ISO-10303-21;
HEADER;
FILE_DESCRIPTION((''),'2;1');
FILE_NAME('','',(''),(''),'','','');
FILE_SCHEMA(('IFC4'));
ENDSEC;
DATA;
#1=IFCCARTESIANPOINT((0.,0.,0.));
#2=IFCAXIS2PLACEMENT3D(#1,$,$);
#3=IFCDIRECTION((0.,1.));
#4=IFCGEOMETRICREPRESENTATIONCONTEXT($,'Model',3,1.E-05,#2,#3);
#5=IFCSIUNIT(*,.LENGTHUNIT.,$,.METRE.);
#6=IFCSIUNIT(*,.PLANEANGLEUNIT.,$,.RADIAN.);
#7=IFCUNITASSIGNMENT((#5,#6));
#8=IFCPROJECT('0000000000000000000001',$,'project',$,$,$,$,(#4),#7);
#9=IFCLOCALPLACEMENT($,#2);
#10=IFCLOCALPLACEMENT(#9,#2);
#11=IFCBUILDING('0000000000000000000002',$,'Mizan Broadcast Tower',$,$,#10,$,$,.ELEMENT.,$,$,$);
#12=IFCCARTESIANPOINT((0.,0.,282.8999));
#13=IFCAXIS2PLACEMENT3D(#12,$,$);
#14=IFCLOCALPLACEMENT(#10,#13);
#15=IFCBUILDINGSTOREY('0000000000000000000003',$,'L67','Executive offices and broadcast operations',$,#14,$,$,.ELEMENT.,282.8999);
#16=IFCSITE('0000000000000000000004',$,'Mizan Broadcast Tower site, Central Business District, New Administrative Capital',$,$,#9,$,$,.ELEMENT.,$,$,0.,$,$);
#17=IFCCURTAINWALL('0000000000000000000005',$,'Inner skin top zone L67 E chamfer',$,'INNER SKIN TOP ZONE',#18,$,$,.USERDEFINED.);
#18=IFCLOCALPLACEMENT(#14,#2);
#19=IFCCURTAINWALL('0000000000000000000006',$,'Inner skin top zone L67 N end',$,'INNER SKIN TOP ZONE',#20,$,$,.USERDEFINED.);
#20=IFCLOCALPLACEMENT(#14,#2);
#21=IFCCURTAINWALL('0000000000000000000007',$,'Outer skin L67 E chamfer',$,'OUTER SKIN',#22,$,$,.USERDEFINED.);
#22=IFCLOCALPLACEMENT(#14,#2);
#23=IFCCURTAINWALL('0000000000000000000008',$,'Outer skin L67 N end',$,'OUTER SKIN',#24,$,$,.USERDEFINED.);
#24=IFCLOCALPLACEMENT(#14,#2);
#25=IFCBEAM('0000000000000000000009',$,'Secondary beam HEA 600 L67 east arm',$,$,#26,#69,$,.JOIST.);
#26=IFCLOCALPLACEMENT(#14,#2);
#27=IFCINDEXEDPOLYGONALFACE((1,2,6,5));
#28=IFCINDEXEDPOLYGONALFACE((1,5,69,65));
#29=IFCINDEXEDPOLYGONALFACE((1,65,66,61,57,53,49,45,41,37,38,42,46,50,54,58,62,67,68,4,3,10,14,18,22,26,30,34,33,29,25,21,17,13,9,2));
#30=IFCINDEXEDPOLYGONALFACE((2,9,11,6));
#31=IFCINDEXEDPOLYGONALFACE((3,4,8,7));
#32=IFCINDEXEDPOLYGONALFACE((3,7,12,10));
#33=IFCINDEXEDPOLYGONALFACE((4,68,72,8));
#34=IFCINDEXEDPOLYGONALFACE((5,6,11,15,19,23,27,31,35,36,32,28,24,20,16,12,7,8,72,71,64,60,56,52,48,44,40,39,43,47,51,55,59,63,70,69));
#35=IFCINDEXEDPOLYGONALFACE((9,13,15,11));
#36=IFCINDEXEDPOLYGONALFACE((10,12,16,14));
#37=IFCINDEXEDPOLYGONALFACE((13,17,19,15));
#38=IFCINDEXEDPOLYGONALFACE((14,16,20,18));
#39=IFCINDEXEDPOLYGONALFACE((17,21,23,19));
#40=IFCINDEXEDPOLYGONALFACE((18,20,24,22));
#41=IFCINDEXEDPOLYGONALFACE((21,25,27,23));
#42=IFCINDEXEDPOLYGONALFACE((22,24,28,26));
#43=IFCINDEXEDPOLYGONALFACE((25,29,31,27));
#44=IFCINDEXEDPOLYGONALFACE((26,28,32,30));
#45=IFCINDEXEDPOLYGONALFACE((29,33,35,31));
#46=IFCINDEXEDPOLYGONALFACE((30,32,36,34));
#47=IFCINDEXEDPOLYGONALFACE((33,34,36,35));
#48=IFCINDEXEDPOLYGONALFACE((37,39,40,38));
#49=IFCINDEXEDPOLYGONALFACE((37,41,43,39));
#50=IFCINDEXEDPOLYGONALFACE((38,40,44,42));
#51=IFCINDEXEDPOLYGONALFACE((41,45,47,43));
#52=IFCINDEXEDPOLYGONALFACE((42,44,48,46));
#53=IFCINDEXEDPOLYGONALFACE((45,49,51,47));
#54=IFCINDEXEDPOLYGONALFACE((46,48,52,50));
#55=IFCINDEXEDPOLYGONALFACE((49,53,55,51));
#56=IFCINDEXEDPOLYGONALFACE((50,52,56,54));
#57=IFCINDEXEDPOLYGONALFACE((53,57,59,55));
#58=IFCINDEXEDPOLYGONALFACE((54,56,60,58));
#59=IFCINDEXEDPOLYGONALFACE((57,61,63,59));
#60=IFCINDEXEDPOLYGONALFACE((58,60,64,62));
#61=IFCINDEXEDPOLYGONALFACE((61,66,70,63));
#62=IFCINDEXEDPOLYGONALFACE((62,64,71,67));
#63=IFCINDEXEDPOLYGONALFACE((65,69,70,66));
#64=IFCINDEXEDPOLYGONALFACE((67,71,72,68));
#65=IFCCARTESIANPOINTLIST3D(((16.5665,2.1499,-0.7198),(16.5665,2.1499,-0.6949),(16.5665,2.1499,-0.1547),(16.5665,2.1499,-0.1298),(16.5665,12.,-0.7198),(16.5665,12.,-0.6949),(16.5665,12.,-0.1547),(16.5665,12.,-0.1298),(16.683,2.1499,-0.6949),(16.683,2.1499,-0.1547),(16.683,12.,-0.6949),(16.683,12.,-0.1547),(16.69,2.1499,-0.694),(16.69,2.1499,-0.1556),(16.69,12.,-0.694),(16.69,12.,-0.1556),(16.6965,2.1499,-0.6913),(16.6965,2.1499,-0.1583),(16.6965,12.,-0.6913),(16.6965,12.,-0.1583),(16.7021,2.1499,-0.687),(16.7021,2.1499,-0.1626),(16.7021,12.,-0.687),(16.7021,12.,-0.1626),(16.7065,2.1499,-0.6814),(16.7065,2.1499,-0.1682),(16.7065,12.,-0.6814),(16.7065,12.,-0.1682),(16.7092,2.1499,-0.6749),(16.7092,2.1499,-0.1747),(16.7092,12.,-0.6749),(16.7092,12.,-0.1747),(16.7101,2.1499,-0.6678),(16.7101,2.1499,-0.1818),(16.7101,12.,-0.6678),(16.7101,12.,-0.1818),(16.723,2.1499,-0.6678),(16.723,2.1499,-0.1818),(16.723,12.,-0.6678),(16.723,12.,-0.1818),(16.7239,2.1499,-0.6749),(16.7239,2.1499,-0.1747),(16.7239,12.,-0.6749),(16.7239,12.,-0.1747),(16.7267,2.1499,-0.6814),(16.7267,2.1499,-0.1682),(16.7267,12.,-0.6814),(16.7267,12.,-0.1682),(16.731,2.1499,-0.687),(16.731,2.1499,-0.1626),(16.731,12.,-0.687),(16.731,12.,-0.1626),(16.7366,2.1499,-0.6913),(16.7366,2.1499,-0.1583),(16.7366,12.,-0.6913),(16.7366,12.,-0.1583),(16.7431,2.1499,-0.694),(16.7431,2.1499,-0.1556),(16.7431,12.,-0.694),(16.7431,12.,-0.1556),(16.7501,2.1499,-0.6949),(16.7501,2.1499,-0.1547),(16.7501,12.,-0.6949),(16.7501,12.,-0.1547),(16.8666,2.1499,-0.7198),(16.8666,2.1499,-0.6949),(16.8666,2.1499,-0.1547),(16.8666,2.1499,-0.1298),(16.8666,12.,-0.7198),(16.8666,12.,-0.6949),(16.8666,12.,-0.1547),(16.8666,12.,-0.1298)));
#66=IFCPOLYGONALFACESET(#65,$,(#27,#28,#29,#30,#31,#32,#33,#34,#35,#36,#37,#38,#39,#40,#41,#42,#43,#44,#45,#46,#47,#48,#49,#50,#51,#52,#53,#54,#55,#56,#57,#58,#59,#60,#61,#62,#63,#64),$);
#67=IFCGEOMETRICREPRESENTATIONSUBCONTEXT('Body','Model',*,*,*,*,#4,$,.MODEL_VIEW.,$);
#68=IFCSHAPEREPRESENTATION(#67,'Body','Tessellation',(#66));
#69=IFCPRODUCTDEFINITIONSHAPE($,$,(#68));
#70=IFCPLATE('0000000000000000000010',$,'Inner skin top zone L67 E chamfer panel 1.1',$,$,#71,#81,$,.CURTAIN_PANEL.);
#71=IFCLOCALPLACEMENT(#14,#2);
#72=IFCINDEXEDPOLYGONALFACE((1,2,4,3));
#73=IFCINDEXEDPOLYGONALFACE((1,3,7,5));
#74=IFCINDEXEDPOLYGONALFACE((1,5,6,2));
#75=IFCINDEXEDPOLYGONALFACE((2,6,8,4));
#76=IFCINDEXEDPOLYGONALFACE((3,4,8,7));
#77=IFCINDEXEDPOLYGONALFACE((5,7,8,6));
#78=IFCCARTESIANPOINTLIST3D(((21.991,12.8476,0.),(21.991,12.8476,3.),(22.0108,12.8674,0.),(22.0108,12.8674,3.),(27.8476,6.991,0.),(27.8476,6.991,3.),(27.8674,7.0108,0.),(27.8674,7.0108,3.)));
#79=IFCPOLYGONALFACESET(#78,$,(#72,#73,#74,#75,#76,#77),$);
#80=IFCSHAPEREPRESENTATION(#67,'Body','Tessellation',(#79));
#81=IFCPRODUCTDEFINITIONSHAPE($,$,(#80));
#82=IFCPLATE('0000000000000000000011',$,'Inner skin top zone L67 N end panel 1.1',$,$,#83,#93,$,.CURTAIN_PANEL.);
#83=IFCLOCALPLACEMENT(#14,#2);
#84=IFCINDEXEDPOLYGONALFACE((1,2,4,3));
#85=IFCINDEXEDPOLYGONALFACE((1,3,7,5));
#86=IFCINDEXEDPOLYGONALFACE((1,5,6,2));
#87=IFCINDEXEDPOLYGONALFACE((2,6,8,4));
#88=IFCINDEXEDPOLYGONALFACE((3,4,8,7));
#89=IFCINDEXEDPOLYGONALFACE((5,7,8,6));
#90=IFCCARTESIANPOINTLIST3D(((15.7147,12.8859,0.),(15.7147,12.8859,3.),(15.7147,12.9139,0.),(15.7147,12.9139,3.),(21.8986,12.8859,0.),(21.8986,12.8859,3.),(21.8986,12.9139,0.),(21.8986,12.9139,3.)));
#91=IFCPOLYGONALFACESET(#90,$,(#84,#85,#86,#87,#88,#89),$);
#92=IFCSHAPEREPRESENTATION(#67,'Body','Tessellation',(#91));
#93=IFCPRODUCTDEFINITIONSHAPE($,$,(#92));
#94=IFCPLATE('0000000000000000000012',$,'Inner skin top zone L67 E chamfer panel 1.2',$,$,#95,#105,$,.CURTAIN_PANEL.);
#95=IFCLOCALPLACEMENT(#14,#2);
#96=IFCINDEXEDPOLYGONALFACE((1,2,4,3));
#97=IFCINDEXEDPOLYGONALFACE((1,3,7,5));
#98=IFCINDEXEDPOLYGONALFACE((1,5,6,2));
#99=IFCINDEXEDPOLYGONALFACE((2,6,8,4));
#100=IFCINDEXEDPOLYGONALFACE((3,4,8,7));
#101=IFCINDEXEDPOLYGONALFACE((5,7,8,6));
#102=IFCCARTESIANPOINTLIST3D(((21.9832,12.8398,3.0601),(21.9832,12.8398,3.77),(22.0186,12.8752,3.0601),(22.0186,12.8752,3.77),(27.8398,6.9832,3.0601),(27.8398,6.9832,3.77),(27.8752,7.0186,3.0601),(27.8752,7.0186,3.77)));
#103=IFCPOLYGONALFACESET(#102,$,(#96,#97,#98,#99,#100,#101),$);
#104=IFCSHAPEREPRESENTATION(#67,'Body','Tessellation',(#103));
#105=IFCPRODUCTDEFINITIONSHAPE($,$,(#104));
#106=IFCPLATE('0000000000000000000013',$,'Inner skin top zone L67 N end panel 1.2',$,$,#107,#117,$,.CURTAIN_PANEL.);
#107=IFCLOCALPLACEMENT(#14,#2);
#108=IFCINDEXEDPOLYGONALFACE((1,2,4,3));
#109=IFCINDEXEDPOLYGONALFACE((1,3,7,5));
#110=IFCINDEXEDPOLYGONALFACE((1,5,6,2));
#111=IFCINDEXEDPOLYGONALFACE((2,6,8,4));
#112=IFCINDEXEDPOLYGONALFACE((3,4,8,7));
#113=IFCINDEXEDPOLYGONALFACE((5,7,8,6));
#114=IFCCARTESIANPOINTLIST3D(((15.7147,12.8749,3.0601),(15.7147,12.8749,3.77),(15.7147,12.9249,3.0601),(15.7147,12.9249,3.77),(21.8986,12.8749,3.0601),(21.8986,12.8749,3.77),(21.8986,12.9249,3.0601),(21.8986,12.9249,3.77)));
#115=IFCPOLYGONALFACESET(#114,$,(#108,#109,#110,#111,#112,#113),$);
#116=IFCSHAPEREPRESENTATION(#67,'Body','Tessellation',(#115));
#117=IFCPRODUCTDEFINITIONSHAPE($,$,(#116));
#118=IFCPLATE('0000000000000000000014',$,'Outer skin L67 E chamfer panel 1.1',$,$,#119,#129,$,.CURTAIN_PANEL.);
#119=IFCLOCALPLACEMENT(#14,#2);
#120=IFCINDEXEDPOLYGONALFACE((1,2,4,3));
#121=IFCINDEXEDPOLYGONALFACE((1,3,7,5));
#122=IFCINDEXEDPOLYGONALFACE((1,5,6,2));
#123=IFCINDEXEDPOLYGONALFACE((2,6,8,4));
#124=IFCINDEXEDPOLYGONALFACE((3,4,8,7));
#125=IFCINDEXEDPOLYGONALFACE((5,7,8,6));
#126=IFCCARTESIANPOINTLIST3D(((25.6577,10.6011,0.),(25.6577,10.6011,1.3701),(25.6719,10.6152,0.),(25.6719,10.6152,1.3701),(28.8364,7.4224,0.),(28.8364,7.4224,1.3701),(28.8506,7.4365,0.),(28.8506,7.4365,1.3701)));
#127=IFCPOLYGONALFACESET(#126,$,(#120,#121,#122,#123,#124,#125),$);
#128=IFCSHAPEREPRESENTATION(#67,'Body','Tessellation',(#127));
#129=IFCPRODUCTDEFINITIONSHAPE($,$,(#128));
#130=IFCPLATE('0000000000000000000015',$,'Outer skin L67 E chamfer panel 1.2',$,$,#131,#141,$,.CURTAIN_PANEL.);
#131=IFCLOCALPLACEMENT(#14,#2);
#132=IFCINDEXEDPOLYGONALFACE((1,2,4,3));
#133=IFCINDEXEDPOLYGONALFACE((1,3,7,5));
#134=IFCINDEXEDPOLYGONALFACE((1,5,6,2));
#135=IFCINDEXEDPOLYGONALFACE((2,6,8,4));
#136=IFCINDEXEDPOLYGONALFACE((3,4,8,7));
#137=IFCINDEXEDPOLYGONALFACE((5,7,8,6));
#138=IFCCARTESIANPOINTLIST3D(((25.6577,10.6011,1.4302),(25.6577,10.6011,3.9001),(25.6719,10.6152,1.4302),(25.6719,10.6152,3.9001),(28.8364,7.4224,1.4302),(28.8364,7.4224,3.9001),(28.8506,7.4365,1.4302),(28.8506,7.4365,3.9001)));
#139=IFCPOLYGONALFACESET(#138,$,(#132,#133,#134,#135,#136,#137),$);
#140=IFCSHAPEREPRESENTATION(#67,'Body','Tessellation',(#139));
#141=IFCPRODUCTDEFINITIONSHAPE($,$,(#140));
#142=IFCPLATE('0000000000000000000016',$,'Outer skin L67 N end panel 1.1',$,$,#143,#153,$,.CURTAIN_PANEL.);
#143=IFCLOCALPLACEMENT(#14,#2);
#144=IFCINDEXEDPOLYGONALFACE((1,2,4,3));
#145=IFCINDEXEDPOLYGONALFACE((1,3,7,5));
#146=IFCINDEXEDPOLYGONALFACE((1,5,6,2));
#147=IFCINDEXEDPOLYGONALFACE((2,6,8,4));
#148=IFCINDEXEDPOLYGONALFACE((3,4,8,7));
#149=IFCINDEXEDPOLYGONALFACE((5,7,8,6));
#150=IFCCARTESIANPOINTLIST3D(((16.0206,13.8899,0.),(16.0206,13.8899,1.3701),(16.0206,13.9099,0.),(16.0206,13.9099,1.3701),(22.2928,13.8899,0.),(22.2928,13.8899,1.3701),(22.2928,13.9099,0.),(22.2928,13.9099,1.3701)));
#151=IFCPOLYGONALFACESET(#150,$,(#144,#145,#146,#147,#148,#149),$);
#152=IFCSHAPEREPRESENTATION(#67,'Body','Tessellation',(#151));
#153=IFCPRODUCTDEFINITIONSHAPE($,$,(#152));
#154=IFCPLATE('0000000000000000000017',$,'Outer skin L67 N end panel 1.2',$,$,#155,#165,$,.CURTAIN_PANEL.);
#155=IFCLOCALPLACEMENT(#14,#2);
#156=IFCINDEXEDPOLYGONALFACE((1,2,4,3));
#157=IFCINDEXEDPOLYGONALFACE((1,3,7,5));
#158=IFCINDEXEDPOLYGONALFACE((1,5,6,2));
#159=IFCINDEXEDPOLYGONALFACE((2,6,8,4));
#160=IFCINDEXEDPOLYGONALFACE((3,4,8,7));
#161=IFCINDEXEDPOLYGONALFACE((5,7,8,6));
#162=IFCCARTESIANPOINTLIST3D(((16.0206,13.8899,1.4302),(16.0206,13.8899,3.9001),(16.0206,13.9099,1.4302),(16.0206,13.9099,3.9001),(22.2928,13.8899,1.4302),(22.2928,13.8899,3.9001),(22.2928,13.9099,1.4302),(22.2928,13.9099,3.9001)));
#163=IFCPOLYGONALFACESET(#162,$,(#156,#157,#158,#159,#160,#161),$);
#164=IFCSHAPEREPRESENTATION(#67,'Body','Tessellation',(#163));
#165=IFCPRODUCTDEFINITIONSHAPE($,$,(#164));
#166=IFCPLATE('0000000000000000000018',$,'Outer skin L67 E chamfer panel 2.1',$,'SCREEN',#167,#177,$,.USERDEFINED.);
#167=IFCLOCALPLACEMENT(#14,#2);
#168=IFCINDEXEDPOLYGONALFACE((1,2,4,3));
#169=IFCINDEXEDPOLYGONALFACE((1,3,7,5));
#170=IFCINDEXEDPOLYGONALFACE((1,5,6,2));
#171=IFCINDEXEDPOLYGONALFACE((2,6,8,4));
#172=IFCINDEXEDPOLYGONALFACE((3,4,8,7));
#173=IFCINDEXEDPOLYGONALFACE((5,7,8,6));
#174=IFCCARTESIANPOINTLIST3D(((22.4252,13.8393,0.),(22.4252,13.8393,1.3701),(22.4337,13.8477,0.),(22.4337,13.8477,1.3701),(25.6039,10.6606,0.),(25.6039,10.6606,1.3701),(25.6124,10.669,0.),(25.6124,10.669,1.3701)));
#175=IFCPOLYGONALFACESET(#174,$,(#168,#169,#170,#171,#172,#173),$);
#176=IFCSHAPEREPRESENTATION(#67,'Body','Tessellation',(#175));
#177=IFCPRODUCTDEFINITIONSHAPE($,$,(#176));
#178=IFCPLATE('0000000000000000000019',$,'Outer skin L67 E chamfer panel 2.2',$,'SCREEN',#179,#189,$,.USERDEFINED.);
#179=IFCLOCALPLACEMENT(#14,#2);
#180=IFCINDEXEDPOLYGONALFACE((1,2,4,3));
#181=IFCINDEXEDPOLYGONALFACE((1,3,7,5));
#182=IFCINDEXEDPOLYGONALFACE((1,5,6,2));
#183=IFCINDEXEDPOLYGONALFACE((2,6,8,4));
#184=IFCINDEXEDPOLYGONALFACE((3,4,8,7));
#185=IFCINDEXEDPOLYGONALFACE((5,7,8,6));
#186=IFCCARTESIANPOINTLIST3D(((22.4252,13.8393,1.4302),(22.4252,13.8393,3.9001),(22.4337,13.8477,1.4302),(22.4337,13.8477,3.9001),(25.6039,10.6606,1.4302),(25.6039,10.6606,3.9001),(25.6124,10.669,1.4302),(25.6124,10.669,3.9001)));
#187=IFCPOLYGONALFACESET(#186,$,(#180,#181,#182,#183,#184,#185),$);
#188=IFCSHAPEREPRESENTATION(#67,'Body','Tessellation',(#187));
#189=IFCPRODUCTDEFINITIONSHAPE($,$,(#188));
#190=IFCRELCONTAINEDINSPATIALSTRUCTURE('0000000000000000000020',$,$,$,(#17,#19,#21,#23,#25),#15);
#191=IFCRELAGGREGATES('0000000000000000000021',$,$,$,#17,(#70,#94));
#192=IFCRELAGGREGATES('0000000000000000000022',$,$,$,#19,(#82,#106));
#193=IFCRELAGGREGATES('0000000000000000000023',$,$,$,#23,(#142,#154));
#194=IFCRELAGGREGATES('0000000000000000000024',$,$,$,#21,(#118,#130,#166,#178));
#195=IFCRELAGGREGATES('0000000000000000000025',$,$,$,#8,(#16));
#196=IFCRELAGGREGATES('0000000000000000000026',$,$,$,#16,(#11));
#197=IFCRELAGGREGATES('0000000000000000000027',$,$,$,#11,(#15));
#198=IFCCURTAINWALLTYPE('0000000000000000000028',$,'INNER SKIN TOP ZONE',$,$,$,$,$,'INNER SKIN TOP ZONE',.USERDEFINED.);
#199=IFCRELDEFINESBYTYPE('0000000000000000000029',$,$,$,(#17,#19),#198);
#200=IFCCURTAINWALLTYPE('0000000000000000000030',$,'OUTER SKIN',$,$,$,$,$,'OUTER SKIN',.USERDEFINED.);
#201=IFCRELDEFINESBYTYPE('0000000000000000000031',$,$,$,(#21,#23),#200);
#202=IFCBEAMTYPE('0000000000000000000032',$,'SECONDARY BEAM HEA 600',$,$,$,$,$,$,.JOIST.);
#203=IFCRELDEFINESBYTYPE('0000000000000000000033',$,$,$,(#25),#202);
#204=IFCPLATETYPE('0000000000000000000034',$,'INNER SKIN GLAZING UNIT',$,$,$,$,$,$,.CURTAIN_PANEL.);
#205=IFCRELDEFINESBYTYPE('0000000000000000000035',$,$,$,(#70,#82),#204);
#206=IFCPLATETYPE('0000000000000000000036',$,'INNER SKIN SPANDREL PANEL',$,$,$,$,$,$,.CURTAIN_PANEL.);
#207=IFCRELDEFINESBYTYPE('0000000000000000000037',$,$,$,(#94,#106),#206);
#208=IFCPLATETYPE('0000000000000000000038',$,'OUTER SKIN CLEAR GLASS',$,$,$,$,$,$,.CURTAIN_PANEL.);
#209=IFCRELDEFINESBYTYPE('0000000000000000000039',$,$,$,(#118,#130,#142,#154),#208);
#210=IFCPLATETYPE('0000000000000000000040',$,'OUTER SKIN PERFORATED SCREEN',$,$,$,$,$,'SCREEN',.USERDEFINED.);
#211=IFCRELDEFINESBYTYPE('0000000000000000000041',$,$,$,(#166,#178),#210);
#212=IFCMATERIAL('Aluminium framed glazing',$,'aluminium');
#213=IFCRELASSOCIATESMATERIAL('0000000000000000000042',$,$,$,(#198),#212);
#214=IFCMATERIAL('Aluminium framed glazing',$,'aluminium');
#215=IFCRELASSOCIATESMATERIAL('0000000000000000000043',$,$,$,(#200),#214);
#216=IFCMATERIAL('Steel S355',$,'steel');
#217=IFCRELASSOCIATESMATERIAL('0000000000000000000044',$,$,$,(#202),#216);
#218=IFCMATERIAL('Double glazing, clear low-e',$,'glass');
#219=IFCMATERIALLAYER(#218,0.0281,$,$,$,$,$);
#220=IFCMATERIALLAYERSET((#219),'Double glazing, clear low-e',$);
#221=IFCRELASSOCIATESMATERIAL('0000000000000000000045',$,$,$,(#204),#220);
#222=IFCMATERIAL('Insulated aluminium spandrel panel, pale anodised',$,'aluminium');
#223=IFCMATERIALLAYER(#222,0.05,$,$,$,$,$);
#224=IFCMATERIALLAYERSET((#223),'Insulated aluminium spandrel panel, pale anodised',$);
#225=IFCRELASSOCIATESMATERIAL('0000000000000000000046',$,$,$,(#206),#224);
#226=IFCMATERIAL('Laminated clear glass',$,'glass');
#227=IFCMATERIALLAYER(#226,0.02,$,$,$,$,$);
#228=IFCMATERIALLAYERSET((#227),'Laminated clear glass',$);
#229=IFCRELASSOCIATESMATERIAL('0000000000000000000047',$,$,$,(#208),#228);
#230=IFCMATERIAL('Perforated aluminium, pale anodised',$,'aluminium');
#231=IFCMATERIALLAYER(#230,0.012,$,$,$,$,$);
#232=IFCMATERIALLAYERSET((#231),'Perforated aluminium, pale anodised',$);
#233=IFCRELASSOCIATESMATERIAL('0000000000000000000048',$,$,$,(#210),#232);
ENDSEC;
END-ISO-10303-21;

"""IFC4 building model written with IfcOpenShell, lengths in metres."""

from ifc_helpers import new_model, si_unit, direction, frame, origin, origin_2d, place, context, subcontext, project, spatial, rectangle, i_section, extrude, material, layer, layer_set, material_profile, profile_set, type_object, element, aggregate, save


model = new_model("IFC4")

# Units and contexts
model_context = context("Model", 3, precision=1e-05, world=origin(), true_north=direction((0.0, 1.0)))
body_context = subcontext(model_context, "Body", "Model", "MODEL_VIEW")
ifc_project = project(units=[si_unit("LENGTHUNIT", "METRE"), si_unit("PLANEANGLEUNIT", "RADIAN")], contexts=[model_context])

# Site, building, storey
site_placement = place(None, origin())
site = spatial("IfcSite", under=ifc_project, at=site_placement, Name="Mizan Broadcast Tower site, Central Business District, New Administrative Capital", CompositionType="ELEMENT", RefElevation=0.0)
building_placement = place(site_placement, origin())
building = spatial("IfcBuilding", under=site, at=building_placement, Name="Mizan Broadcast Tower", CompositionType="ELEMENT")
storey_placement = place(building_placement, frame((0.0, 0.0, 282.8999)))
storey = spatial("IfcBuildingStorey", under=building, at=storey_placement, Name="L67", Description="Executive offices and broadcast operations", CompositionType="ELEMENT", Elevation=282.8999)

# Curtain wall
ifc_material_1 = material(Name="Aluminium framed glazing", Category="aluminium")
curtain_wall_type_1 = type_object("IfcCurtainWallType", Name="INNER SKIN TOP ZONE", ElementType="INNER SKIN TOP ZONE", PredefinedType="USERDEFINED", material=ifc_material_1)
curtain_wall_1_placement = place(storey_placement, origin())
curtain_wall_1 = element("IfcCurtainWall", 1, at=curtain_wall_1_placement, inside=storey, type_object=curtain_wall_type_1, Name="Inner skin top zone L67 E chamfer", ObjectType="INNER SKIN TOP ZONE", PredefinedType="USERDEFINED")

# Curtain walls
curtain_wall_2_placement = place(storey_placement, origin())
curtain_wall_2 = element("IfcCurtainWall", 2, at=curtain_wall_2_placement, inside=storey, type_object=curtain_wall_type_1, Name="Inner skin top zone L67 N end", ObjectType="INNER SKIN TOP ZONE", PredefinedType="USERDEFINED")
ifc_material_2 = material(Name="Aluminium framed glazing", Category="aluminium")
curtain_wall_type_2 = type_object("IfcCurtainWallType", Name="OUTER SKIN", ElementType="OUTER SKIN", PredefinedType="USERDEFINED", material=ifc_material_2)
curtain_wall_3_placement = place(storey_placement, origin())
curtain_wall_3 = element("IfcCurtainWall", 3, at=curtain_wall_3_placement, inside=storey, type_object=curtain_wall_type_2, Name="Outer skin L67 E chamfer", ObjectType="OUTER SKIN", PredefinedType="USERDEFINED")

# Curtain wall
curtain_wall_4_placement = place(storey_placement, origin())
curtain_wall_4 = element("IfcCurtainWall", 4, at=curtain_wall_4_placement, inside=storey, type_object=curtain_wall_type_2, Name="Outer skin L67 N end", ObjectType="OUTER SKIN", PredefinedType="USERDEFINED")

# Beam
ifc_material_3 = material(Name="Steel S355", Category="steel")
ifc_material_profile_1 = material_profile(ifc_material_3, i_section(OverallWidth=0.3, OverallDepth=0.5901, WebThickness=0.0129, FlangeThickness=0.0249, FilletRadius=0.0271, at=origin_2d()), Name="HEA 600")
ifc_profile_set_1 = profile_set([ifc_material_profile_1], Name="Steel S355")
beam_type_1 = type_object("IfcBeamType", Name="SECONDARY BEAM HEA 600", PredefinedType="JOIST", material=ifc_profile_set_1)
beam_1_placement = place(storey_placement, frame((16.7166, 12.0, -0.4248), z_axis=(0.0, -1.0, 0.0), x_axis=(1.0, 0.0, 0.0)))
element("IfcBeam", 5, at=beam_1_placement, inside=storey, type_object=beam_type_1, Name="Secondary beam HEA 600 L67 east arm", PredefinedType="JOIST", context=body_context, shape_type="SweptSolid", body=[
    extrude(i_section(OverallWidth=0.3, OverallDepth=0.5901, WebThickness=0.0129, FlangeThickness=0.0249, FilletRadius=0.0271, at=origin_2d()), origin(), (0.0, 0.0, 1.0), 9.8501),
])

# Plates
ifc_material_4 = material(Name="Double glazing, clear low-e", Category="glass")
ifc_layer_1 = layer(ifc_material_4, 0.0281)
ifc_layer_set_1 = layer_set([ifc_layer_1], Name="Double glazing, clear low-e")
plate_type_1 = type_object("IfcPlateType", Name="INNER SKIN GLAZING UNIT", PredefinedType="CURTAIN_PANEL", material=ifc_layer_set_1)
plate_1_placement = place(storey_placement, frame((24.9292, 9.9292, 0.0), z_axis=(0.0, 0.0, 1.0), x_axis=(-0.707107, 0.707107, 0.0)))
plate_1 = element("IfcPlate", 6, at=plate_1_placement, type_object=plate_type_1, Name="Inner skin top zone L67 E chamfer panel 1.1", PredefinedType="CURTAIN_PANEL", context=body_context, shape_type="SweptSolid", body=[
    extrude(rectangle(XDim=8.2825, YDim=0.0281, at=origin_2d()), origin(), (0.0, 0.0, 1.0), 3.0),
])
plate_2_placement = place(storey_placement, frame((18.8066, 12.8999, 0.0), z_axis=(0.0, 0.0, 1.0), x_axis=(-1.0, 0.0, 0.0)))
plate_2 = element("IfcPlate", 7, at=plate_2_placement, type_object=plate_type_1, Name="Inner skin top zone L67 N end panel 1.1", PredefinedType="CURTAIN_PANEL", context=body_context, shape_type="SweptSolid", body=[
    extrude(rectangle(XDim=6.1838, YDim=0.0281, at=origin_2d()), origin(), (0.0, 0.0, 1.0), 3.0),
])
ifc_material_5 = material(Name="Insulated aluminium spandrel panel, pale anodised", Category="aluminium")
ifc_layer_2 = layer(ifc_material_5, 0.05)
ifc_layer_set_2 = layer_set([ifc_layer_2], Name="Insulated aluminium spandrel panel, pale anodised")
plate_type_2 = type_object("IfcPlateType", Name="INNER SKIN SPANDREL PANEL", PredefinedType="CURTAIN_PANEL", material=ifc_layer_set_2)
plate_3_placement = place(storey_placement, frame((24.9292, 9.9292, 3.0601), z_axis=(0.0, 0.0, 1.0), x_axis=(-0.707107, 0.707107, 0.0)))
plate_3 = element("IfcPlate", 8, at=plate_3_placement, type_object=plate_type_2, Name="Inner skin top zone L67 E chamfer panel 1.2", PredefinedType="CURTAIN_PANEL", context=body_context, shape_type="SweptSolid", body=[
    extrude(rectangle(XDim=8.2825, YDim=0.05, at=origin_2d()), origin(), (0.0, 0.0, 1.0), 0.71),
])
aggregate(curtain_wall_1, [plate_1, plate_3])
plate_4_placement = place(storey_placement, frame((18.8066, 12.8999, 3.0601), z_axis=(0.0, 0.0, 1.0), x_axis=(-1.0, 0.0, 0.0)))
plate_4 = element("IfcPlate", 9, at=plate_4_placement, type_object=plate_type_2, Name="Inner skin top zone L67 N end panel 1.2", PredefinedType="CURTAIN_PANEL", context=body_context, shape_type="SweptSolid", body=[
    extrude(rectangle(XDim=6.1838, YDim=0.05, at=origin_2d()), origin(), (0.0, 0.0, 1.0), 0.71),
])
aggregate(curtain_wall_2, [plate_2, plate_4])
ifc_material_6 = material(Name="Laminated clear glass", Category="glass")
ifc_layer_3 = layer(ifc_material_6, 0.02)
ifc_layer_set_3 = layer_set([ifc_layer_3], Name="Laminated clear glass")
plate_type_3 = type_object("IfcPlateType", Name="OUTER SKIN CLEAR GLASS", PredefinedType="CURTAIN_PANEL", material=ifc_layer_set_3)
plate_5_placement = place(storey_placement, frame((27.2542, 9.0188, 0.0), z_axis=(0.0, 0.0, 1.0), x_axis=(-0.707107, 0.707107, 0.0)))
plate_5 = element("IfcPlate", 10, at=plate_5_placement, type_object=plate_type_3, Name="Outer skin L67 E chamfer panel 1.1", PredefinedType="CURTAIN_PANEL", context=body_context, shape_type="SweptSolid", body=[
    extrude(rectangle(XDim=4.4954, YDim=0.02, at=origin_2d()), origin(), (0.0, 0.0, 1.0), 1.3701),
])
plate_6_placement = place(storey_placement, frame((27.2542, 9.0188, 1.4302), z_axis=(0.0, 0.0, 1.0), x_axis=(-0.707107, 0.707107, 0.0)))
plate_6 = element("IfcPlate", 11, at=plate_6_placement, type_object=plate_type_3, Name="Outer skin L67 E chamfer panel 1.2", PredefinedType="CURTAIN_PANEL", context=body_context, shape_type="SweptSolid", body=[
    extrude(rectangle(XDim=4.4954, YDim=0.02, at=origin_2d()), origin(), (0.0, 0.0, 1.0), 2.47),
])
plate_7_placement = place(storey_placement, frame((19.1567, 13.8999, 0.0), z_axis=(0.0, 0.0, 1.0), x_axis=(-1.0, 0.0, 0.0)))
plate_7 = element("IfcPlate", 12, at=plate_7_placement, type_object=plate_type_3, Name="Outer skin L67 N end panel 1.1", PredefinedType="CURTAIN_PANEL", context=body_context, shape_type="SweptSolid", body=[
    extrude(rectangle(XDim=6.2722, YDim=0.02, at=origin_2d()), origin(), (0.0, 0.0, 1.0), 1.3701),
])
plate_8_placement = place(storey_placement, frame((19.1567, 13.8999, 1.4302), z_axis=(0.0, 0.0, 1.0), x_axis=(-1.0, 0.0, 0.0)))
plate_8 = element("IfcPlate", 13, at=plate_8_placement, type_object=plate_type_3, Name="Outer skin L67 N end panel 1.2", PredefinedType="CURTAIN_PANEL", context=body_context, shape_type="SweptSolid", body=[
    extrude(rectangle(XDim=6.2722, YDim=0.02, at=origin_2d()), origin(), (0.0, 0.0, 1.0), 2.47),
])
aggregate(curtain_wall_4, [plate_7, plate_8])
ifc_material_7 = material(Name="Perforated aluminium, pale anodised", Category="aluminium")
ifc_layer_4 = layer(ifc_material_7, 0.012)
ifc_layer_set_4 = layer_set([ifc_layer_4], Name="Perforated aluminium, pale anodised")
plate_type_4 = type_object("IfcPlateType", Name="OUTER SKIN PERFORATED SCREEN", ElementType="SCREEN", PredefinedType="USERDEFINED", material=ifc_layer_set_4)
plate_9_placement = place(storey_placement, frame((24.0188, 12.2542, 0.0), z_axis=(0.0, 0.0, 1.0), x_axis=(-0.707107, 0.707107, 0.0)))
plate_9 = element("IfcPlate", 14, at=plate_9_placement, type_object=plate_type_4, Name="Outer skin L67 E chamfer panel 2.1", ObjectType="SCREEN", PredefinedType="USERDEFINED", context=body_context, shape_type="SweptSolid", body=[
    extrude(rectangle(XDim=4.4954, YDim=0.012, at=origin_2d()), origin(), (0.0, 0.0, 1.0), 1.3701),
])
plate_10_placement = place(storey_placement, frame((24.0188, 12.2542, 1.4302), z_axis=(0.0, 0.0, 1.0), x_axis=(-0.707107, 0.707107, 0.0)))
plate_10 = element("IfcPlate", 15, at=plate_10_placement, type_object=plate_type_4, Name="Outer skin L67 E chamfer panel 2.2", ObjectType="SCREEN", PredefinedType="USERDEFINED", context=body_context, shape_type="SweptSolid", body=[
    extrude(rectangle(XDim=4.4954, YDim=0.012, at=origin_2d()), origin(), (0.0, 0.0, 1.0), 2.47),
])
aggregate(curtain_wall_3, [plate_5, plate_6, plate_9, plate_10])

save(model, "model.ifc")
